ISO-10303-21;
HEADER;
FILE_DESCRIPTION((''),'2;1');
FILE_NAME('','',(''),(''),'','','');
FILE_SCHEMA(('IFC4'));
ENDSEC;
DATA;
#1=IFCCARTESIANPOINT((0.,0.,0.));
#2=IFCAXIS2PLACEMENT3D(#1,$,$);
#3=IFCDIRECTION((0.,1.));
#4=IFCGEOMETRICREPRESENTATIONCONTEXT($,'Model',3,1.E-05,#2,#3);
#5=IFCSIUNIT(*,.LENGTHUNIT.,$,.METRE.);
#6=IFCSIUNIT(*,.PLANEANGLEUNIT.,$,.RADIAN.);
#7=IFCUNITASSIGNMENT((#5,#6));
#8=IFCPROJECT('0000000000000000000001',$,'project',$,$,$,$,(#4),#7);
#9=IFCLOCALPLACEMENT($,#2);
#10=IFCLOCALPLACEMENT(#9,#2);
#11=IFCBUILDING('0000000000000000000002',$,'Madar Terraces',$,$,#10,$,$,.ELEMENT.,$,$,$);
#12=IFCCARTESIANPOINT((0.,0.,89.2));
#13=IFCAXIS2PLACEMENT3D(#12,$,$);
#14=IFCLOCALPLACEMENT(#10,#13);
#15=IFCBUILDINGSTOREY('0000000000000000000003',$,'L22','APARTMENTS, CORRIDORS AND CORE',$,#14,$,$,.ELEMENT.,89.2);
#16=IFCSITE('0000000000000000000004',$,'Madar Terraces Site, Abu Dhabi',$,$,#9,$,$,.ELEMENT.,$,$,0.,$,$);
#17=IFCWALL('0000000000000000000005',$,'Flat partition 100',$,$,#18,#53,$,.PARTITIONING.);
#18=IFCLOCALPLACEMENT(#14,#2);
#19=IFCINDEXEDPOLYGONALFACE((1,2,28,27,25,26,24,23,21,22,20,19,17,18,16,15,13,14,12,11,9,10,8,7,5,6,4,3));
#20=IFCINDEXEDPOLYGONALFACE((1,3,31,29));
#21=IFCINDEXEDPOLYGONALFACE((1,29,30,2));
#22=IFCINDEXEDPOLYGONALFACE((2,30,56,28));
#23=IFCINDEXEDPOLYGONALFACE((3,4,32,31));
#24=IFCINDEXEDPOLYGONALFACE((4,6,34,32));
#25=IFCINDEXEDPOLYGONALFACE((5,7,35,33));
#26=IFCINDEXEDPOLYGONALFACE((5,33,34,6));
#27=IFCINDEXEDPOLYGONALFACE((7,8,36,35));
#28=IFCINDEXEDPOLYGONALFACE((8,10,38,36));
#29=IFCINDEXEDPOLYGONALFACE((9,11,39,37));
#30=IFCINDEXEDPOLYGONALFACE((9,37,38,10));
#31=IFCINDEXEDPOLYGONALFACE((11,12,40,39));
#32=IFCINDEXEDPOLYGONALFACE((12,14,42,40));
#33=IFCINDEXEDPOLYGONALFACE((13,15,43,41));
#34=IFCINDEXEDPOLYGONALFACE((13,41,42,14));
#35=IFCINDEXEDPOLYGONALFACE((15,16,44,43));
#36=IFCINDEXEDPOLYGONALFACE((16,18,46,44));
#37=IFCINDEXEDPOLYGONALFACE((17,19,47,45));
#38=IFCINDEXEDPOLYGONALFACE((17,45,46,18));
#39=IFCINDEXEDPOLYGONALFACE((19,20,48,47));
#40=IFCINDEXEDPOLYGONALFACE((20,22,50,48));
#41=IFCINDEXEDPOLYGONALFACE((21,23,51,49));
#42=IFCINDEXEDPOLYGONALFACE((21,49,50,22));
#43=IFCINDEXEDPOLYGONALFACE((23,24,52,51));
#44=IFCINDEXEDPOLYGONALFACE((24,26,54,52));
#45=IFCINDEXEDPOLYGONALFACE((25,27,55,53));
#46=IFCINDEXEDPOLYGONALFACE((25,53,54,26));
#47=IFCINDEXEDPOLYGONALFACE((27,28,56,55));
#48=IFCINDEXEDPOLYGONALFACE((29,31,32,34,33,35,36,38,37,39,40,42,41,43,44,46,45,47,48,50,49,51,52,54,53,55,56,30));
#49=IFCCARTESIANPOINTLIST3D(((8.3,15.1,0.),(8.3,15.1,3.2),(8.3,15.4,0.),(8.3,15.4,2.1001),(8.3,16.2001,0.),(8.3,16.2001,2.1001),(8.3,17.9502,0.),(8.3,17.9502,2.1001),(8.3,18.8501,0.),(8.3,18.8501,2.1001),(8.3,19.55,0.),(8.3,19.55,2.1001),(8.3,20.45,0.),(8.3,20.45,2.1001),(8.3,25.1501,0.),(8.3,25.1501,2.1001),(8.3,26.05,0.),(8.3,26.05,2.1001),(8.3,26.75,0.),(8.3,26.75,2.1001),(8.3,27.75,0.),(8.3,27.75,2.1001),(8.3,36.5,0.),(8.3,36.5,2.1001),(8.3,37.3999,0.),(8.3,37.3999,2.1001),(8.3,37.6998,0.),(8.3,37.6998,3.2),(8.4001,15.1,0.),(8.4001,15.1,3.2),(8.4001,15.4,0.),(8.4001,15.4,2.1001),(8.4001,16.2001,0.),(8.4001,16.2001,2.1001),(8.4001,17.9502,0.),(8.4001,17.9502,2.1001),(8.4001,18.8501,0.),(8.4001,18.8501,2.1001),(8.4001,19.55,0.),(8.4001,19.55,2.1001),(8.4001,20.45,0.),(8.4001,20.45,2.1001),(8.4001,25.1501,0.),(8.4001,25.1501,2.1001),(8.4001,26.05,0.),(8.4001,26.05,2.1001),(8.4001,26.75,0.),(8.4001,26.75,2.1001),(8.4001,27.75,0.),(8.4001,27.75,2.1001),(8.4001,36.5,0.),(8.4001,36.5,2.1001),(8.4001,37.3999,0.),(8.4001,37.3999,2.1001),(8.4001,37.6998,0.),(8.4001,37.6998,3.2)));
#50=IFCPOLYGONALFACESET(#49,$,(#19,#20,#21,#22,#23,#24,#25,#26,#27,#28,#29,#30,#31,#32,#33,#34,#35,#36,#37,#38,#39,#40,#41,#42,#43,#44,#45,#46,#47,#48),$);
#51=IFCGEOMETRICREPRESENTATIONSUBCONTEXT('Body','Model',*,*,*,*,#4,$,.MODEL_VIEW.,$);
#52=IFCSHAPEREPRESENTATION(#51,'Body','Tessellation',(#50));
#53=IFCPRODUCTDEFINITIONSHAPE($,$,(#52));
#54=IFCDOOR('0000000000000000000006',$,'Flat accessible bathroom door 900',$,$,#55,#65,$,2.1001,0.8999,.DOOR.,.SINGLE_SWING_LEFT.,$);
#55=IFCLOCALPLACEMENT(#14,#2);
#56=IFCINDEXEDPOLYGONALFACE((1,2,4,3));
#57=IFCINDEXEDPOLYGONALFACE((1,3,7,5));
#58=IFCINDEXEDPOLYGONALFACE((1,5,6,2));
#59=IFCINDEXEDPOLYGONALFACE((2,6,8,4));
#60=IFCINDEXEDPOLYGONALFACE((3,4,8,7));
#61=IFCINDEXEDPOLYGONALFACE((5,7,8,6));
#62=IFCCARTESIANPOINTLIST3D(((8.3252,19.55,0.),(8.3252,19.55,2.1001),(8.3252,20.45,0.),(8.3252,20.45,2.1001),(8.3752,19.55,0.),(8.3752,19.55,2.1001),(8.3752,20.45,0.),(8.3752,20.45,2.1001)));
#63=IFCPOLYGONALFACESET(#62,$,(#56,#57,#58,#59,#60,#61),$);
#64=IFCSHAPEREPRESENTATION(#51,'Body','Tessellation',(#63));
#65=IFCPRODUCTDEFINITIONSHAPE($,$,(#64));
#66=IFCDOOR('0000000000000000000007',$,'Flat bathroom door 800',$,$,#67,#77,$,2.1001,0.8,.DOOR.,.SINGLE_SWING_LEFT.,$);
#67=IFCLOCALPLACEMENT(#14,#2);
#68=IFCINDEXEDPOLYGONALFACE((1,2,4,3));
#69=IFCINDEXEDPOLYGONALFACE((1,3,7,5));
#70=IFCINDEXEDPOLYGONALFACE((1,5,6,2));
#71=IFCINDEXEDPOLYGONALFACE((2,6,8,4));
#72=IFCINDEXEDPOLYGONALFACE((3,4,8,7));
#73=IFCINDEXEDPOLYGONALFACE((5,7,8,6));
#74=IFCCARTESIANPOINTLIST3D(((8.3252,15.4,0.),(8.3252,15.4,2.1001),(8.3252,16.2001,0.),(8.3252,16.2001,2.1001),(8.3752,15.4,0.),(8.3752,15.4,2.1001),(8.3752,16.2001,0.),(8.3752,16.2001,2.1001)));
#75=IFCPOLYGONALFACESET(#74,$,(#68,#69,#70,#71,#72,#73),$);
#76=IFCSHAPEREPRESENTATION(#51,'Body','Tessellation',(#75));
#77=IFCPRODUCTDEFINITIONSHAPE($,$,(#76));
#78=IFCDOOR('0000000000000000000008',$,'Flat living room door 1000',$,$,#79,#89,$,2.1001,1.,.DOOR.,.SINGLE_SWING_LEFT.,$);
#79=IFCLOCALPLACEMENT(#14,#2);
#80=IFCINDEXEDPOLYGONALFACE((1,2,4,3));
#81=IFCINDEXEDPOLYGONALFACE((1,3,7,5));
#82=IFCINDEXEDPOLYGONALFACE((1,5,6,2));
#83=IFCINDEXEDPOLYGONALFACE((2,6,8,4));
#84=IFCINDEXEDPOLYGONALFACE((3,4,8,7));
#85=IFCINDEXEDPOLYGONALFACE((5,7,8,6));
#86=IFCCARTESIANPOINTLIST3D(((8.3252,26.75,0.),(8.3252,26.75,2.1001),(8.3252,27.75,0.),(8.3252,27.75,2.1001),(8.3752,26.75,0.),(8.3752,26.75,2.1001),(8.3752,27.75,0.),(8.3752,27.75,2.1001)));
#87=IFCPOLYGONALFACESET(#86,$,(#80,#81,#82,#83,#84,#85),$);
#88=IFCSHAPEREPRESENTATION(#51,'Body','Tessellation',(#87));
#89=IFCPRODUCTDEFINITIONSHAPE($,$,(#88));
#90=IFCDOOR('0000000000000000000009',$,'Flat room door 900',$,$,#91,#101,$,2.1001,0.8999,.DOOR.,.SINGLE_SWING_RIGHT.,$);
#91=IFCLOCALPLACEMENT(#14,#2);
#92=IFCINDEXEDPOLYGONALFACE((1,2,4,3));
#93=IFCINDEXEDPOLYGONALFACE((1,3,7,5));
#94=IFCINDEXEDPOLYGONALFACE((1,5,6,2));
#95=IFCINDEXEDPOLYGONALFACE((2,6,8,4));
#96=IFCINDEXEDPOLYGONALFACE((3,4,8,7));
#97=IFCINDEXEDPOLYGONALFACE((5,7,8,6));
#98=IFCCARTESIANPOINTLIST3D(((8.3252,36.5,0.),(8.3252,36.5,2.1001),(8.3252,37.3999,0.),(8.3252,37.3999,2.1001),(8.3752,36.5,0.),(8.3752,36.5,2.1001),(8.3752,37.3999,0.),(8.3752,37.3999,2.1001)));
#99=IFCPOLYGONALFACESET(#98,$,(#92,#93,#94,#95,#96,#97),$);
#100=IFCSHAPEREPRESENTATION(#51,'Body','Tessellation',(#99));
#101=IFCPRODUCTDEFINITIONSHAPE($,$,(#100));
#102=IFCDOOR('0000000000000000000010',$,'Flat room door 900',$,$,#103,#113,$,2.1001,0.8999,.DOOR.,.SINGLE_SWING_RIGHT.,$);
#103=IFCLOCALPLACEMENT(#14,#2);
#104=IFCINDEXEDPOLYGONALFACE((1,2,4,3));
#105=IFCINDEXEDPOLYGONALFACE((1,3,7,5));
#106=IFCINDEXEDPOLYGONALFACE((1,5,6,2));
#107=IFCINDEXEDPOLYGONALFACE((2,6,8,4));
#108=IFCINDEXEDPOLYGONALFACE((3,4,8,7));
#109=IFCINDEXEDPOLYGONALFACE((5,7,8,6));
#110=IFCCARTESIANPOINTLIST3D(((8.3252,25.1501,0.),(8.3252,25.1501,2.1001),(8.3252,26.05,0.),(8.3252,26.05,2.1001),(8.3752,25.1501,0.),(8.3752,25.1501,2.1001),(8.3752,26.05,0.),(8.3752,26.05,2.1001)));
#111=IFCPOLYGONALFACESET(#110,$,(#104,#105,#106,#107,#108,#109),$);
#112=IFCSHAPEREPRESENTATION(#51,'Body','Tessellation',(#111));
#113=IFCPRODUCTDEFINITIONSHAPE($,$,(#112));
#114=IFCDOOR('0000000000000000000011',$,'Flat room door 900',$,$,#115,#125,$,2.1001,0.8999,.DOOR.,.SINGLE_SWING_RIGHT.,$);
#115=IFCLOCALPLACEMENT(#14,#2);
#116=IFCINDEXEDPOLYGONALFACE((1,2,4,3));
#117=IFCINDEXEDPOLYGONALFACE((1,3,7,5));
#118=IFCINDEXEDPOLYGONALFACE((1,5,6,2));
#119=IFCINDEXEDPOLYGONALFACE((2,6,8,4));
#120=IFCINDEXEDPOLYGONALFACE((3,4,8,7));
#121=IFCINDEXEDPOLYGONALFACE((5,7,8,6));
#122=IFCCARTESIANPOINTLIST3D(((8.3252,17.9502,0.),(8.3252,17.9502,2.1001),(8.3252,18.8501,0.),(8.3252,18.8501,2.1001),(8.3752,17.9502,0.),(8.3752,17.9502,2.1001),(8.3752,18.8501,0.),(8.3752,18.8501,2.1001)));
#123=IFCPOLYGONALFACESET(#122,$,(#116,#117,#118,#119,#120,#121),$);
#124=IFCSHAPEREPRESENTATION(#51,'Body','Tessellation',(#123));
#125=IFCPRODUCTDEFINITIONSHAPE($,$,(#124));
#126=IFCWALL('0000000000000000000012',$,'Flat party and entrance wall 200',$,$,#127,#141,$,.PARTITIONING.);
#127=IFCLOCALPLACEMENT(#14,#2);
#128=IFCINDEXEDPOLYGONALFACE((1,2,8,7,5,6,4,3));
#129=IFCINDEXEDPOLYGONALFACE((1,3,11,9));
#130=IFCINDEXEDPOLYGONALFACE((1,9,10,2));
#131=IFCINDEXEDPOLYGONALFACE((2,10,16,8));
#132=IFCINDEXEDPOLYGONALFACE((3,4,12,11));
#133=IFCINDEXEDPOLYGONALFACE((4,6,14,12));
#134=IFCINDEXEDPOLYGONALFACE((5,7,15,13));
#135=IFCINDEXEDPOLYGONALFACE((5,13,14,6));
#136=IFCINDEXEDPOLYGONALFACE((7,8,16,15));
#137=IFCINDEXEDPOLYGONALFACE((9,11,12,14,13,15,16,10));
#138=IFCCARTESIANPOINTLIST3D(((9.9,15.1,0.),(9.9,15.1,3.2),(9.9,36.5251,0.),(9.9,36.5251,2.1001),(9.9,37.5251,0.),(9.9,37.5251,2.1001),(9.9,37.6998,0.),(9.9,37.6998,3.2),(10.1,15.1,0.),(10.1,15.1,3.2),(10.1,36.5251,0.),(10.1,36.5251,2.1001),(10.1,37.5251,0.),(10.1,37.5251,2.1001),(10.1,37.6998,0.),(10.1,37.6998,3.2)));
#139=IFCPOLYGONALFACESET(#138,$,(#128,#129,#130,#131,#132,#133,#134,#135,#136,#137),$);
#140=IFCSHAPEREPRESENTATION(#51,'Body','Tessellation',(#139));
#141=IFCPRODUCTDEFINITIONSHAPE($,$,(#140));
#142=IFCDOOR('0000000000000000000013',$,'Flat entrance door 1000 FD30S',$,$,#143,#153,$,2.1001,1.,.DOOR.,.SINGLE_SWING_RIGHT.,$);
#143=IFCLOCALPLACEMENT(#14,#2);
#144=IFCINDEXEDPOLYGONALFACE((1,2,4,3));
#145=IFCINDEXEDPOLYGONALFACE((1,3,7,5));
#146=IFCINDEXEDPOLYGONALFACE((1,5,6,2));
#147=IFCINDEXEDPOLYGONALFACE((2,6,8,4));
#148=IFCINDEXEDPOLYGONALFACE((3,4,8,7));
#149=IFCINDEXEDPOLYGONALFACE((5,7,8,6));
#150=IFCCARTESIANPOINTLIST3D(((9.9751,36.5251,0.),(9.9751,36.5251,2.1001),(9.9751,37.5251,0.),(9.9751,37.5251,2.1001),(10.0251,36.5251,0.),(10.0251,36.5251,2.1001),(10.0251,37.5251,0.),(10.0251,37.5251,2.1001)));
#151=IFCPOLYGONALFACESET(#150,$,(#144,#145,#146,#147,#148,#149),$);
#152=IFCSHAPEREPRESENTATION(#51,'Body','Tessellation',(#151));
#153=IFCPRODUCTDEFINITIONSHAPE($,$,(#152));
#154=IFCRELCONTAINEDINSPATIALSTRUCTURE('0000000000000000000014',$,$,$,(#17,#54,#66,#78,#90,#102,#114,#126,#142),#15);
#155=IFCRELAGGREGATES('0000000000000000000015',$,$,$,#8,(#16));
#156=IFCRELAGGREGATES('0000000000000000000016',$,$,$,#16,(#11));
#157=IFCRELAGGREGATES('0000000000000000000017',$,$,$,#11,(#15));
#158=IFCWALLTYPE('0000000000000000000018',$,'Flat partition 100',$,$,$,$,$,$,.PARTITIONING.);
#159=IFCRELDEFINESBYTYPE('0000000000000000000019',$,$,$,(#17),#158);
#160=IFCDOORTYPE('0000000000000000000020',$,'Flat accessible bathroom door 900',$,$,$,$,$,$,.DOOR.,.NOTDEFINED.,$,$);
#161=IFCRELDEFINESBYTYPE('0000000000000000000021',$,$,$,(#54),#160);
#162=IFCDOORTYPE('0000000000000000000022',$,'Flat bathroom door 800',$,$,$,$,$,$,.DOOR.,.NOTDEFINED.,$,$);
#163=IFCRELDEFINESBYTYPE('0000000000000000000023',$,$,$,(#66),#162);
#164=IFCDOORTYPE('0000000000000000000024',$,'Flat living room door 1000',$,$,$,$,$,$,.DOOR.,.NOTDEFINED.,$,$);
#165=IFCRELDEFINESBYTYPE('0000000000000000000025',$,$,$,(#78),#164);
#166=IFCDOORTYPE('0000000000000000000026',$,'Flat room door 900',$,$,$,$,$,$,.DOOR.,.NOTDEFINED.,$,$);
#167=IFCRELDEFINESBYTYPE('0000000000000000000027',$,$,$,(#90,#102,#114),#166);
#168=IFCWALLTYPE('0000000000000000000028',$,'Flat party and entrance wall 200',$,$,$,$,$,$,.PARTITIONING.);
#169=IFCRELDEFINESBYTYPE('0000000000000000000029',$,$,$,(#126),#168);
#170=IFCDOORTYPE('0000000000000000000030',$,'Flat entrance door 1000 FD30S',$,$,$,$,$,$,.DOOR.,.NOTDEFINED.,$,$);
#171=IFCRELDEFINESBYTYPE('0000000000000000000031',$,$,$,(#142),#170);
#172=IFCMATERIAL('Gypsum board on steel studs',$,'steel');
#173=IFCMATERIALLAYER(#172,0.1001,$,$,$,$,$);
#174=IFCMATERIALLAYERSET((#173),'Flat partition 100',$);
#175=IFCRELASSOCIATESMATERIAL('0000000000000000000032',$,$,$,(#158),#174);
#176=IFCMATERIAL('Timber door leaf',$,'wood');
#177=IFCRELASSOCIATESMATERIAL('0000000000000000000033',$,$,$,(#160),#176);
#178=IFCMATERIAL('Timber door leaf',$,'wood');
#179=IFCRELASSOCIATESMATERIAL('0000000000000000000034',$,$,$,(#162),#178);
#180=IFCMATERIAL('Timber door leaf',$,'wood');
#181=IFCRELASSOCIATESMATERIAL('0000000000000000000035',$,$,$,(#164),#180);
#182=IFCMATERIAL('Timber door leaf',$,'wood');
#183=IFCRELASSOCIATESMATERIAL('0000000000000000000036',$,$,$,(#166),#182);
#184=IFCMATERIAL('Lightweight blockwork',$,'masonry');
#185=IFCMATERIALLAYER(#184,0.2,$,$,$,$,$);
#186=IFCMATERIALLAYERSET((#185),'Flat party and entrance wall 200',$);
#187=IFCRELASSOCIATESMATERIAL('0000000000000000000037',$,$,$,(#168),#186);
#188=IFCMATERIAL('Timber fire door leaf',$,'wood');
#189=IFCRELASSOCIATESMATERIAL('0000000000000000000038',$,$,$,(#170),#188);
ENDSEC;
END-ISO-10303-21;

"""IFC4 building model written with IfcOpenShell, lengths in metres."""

from ifc_helpers import new_model, si_unit, direction, frame, frame_2d, origin, place, context, subcontext, project, spatial, rectangle, extrude, material, layer, layer_set, type_object, element, fill, save


model = new_model("IFC4")

# Units and contexts
model_context = context("Model", 3, precision=1e-05, world=origin(), true_north=direction((0.0, 1.0)))
body_context = subcontext(model_context, "Body", "Model", "MODEL_VIEW")
ifc_project = project(units=[si_unit("LENGTHUNIT", "METRE"), si_unit("PLANEANGLEUNIT", "RADIAN")], contexts=[model_context])

# Site, building, storey
site_placement = place(None, origin())
site = spatial("IfcSite", under=ifc_project, at=site_placement, Name="Madar Terraces Site, Abu Dhabi", CompositionType="ELEMENT", RefElevation=0.0)
building_placement = place(site_placement, origin())
building = spatial("IfcBuilding", under=site, at=building_placement, Name="Madar Terraces", CompositionType="ELEMENT")
storey_placement = place(building_placement, frame((0.0, 0.0, 89.2)))
storey = spatial("IfcBuildingStorey", under=building, at=storey_placement, Name="L22", Description="APARTMENTS, CORRIDORS AND CORE", CompositionType="ELEMENT", Elevation=89.2)

# Wall, openings, doors
ifc_material_1 = material(Name="Gypsum board on steel studs", Category="steel")
ifc_layer_1 = layer(ifc_material_1, 0.1001)
ifc_layer_set_1 = layer_set([ifc_layer_1], Name="Flat partition 100")
wall_type_1 = type_object("IfcWallType", Name="Flat partition 100", PredefinedType="PARTITIONING", material=ifc_layer_set_1)
wall_1_placement = place(storey_placement, frame((8.3501, 15.1001, 0.0), z_axis=(0.0, 0.0, 1.0), x_axis=(0.0, 1.0, 0.0)))
wall_1 = element("IfcWall", 1, at=wall_1_placement, inside=storey, type_object=wall_type_1, Name="Flat partition 100", PredefinedType="PARTITIONING", context=body_context, shape_type="SweptSolid", body=[
    extrude(rectangle(XDim=22.5999, YDim=0.1001, at=frame_2d((11.2998, 0.0))), origin(), (0.0, 0.0, 1.0), 3.2),
])
opening_1_placement = place(wall_1_placement, frame((21.3999, 0.0, 0.0)))
opening_1 = element("IfcOpeningElement", 2, at=opening_1_placement, cuts=wall_1, PredefinedType="OPENING", context=body_context, shape_type="SweptSolid", body=[
    extrude(rectangle(XDim=0.8999, YDim=2.1001, at=frame_2d((0.45, 1.05))), frame((0.0, 0.0601, 0.0), z_axis=(0.0, -1.0, 0.0), x_axis=(1.0, 0.0, 0.0)), (0.0, 0.0, 1.0), 0.1201),
])
opening_2_placement = place(wall_1_placement, frame((11.6499, 0.0, 0.0)))
opening_2 = element("IfcOpeningElement", 3, at=opening_2_placement, cuts=wall_1, PredefinedType="OPENING", context=body_context, shape_type="SweptSolid", body=[
    extrude(rectangle(XDim=1.0, YDim=2.1001, at=frame_2d((0.5, 1.05))), frame((0.0, 0.0601, 0.0), z_axis=(0.0, -1.0, 0.0), x_axis=(1.0, 0.0, 0.0)), (0.0, 0.0, 1.0), 0.1201),
])
opening_3_placement = place(wall_1_placement, frame((10.05, 0.0, 0.0)))
opening_3 = element("IfcOpeningElement", 4, at=opening_3_placement, cuts=wall_1, PredefinedType="OPENING", context=body_context, shape_type="SweptSolid", body=[
    extrude(rectangle(XDim=0.8999, YDim=2.1001, at=frame_2d((0.45, 1.05))), frame((0.0, 0.0601, 0.0), z_axis=(0.0, -1.0, 0.0), x_axis=(1.0, 0.0, 0.0)), (0.0, 0.0, 1.0), 0.1201),
])
opening_4_placement = place(wall_1_placement, frame((4.45, 0.0, 0.0)))
opening_4 = element("IfcOpeningElement", 5, at=opening_4_placement, cuts=wall_1, PredefinedType="OPENING", context=body_context, shape_type="SweptSolid", body=[
    extrude(rectangle(XDim=0.8999, YDim=2.1001, at=frame_2d((0.45, 1.05))), frame((0.0, 0.0601, 0.0), z_axis=(0.0, -1.0, 0.0), x_axis=(1.0, 0.0, 0.0)), (0.0, 0.0, 1.0), 0.1201),
])
opening_5_placement = place(wall_1_placement, frame((2.8501, 0.0, 0.0)))
opening_5 = element("IfcOpeningElement", 6, at=opening_5_placement, cuts=wall_1, PredefinedType="OPENING", context=body_context, shape_type="SweptSolid", body=[
    extrude(rectangle(XDim=0.8999, YDim=2.1001, at=frame_2d((0.45, 1.05))), frame((0.0, 0.0601, 0.0), z_axis=(0.0, -1.0, 0.0), x_axis=(1.0, 0.0, 0.0)), (0.0, 0.0, 1.0), 0.1201),
])
opening_6_placement = place(wall_1_placement, frame((0.3, 0.0, 0.0)))
opening_6 = element("IfcOpeningElement", 7, at=opening_6_placement, cuts=wall_1, PredefinedType="OPENING", context=body_context, shape_type="SweptSolid", body=[
    extrude(rectangle(XDim=0.8, YDim=2.1001, at=frame_2d((0.3999, 1.05))), frame((0.0, 0.0601, 0.0), z_axis=(0.0, -1.0, 0.0), x_axis=(1.0, 0.0, 0.0)), (0.0, 0.0, 1.0), 0.1201),
])
ifc_material_2 = material(Name="Timber door leaf", Category="wood")
door_type_1 = type_object("IfcDoorType", Name="Flat accessible bathroom door 900", OperationType="NOTDEFINED", PredefinedType="DOOR", material=ifc_material_2)
door_1_placement = place(opening_4_placement, origin())
door_1 = element("IfcDoor", 8, at=door_1_placement, inside=storey, type_object=door_type_1, Name="Flat accessible bathroom door 900", OperationType="SINGLE_SWING_LEFT", OverallHeight=2.1001, OverallWidth=0.8999, PredefinedType="DOOR", context=body_context, shape_type="SweptSolid", body=[
    extrude(rectangle(XDim=0.8999, YDim=2.1001, at=frame_2d((0.45, 1.05))), frame((0.0, 0.0249, 0.0), z_axis=(0.0, -1.0, 0.0), x_axis=(1.0, 0.0, 0.0)), (0.0, 0.0, 1.0), 0.05),
])
fill(opening_4, door_1)
ifc_material_3 = material(Name="Timber door leaf", Category="wood")
door_type_2 = type_object("IfcDoorType", Name="Flat bathroom door 800", OperationType="NOTDEFINED", PredefinedType="DOOR", material=ifc_material_3)
door_2_placement = place(opening_6_placement, origin())
door_2 = element("IfcDoor", 9, at=door_2_placement, inside=storey, type_object=door_type_2, Name="Flat bathroom door 800", OperationType="SINGLE_SWING_LEFT", OverallHeight=2.1001, OverallWidth=0.8, PredefinedType="DOOR", context=body_context, shape_type="SweptSolid", body=[
    extrude(rectangle(XDim=0.8, YDim=2.1001, at=frame_2d((0.3999, 1.05))), frame((0.0, 0.0249, 0.0), z_axis=(0.0, -1.0, 0.0), x_axis=(1.0, 0.0, 0.0)), (0.0, 0.0, 1.0), 0.05),
])
fill(opening_6, door_2)
ifc_material_4 = material(Name="Timber door leaf", Category="wood")
door_type_3 = type_object("IfcDoorType", Name="Flat living room door 1000", OperationType="NOTDEFINED", PredefinedType="DOOR", material=ifc_material_4)
door_3_placement = place(opening_2_placement, origin())
door_3 = element("IfcDoor", 10, at=door_3_placement, inside=storey, type_object=door_type_3, Name="Flat living room door 1000", OperationType="SINGLE_SWING_LEFT", OverallHeight=2.1001, OverallWidth=1.0, PredefinedType="DOOR", context=body_context, shape_type="SweptSolid", body=[
    extrude(rectangle(XDim=1.0, YDim=2.1001, at=frame_2d((0.5, 1.05))), frame((0.0, 0.0249, 0.0), z_axis=(0.0, -1.0, 0.0), x_axis=(1.0, 0.0, 0.0)), (0.0, 0.0, 1.0), 0.05),
])
fill(opening_2, door_3)
ifc_material_5 = material(Name="Timber door leaf", Category="wood")
door_type_4 = type_object("IfcDoorType", Name="Flat room door 900", OperationType="NOTDEFINED", PredefinedType="DOOR", material=ifc_material_5)
door_4_placement = place(opening_1_placement, origin())
door_4 = element("IfcDoor", 11, at=door_4_placement, inside=storey, type_object=door_type_4, Name="Flat room door 900", OperationType="SINGLE_SWING_RIGHT", OverallHeight=2.1001, OverallWidth=0.8999, PredefinedType="DOOR", context=body_context, shape_type="SweptSolid", body=[
    extrude(rectangle(XDim=0.8999, YDim=2.1001, at=frame_2d((0.45, 1.05))), frame((0.0, 0.0249, 0.0), z_axis=(0.0, -1.0, 0.0), x_axis=(1.0, 0.0, 0.0)), (0.0, 0.0, 1.0), 0.05),
])
fill(opening_1, door_4)
door_5_placement = place(opening_3_placement, origin())
door_5 = element("IfcDoor", 12, at=door_5_placement, inside=storey, type_object=door_type_4, Name="Flat room door 900", OperationType="SINGLE_SWING_RIGHT", OverallHeight=2.1001, OverallWidth=0.8999, PredefinedType="DOOR", context=body_context, shape_type="SweptSolid", body=[
    extrude(rectangle(XDim=0.8999, YDim=2.1001, at=frame_2d((0.45, 1.05))), frame((0.0, 0.0249, 0.0), z_axis=(0.0, -1.0, 0.0), x_axis=(1.0, 0.0, 0.0)), (0.0, 0.0, 1.0), 0.05),
])
fill(opening_3, door_5)
door_6_placement = place(opening_5_placement, origin())
door_6 = element("IfcDoor", 13, at=door_6_placement, inside=storey, type_object=door_type_4, Name="Flat room door 900", OperationType="SINGLE_SWING_RIGHT", OverallHeight=2.1001, OverallWidth=0.8999, PredefinedType="DOOR", context=body_context, shape_type="SweptSolid", body=[
    extrude(rectangle(XDim=0.8999, YDim=2.1001, at=frame_2d((0.45, 1.05))), frame((0.0, 0.0249, 0.0), z_axis=(0.0, -1.0, 0.0), x_axis=(1.0, 0.0, 0.0)), (0.0, 0.0, 1.0), 0.05),
])
fill(opening_5, door_6)

# Wall, opening, door
ifc_material_6 = material(Name="Lightweight blockwork", Category="masonry")
ifc_layer_2 = layer(ifc_material_6, 0.2)
ifc_layer_set_2 = layer_set([ifc_layer_2], Name="Flat party and entrance wall 200")
wall_type_2 = type_object("IfcWallType", Name="Flat party and entrance wall 200", PredefinedType="PARTITIONING", material=ifc_layer_set_2)
wall_2_placement = place(storey_placement, frame((10.0, 15.1001, 0.0), z_axis=(0.0, 0.0, 1.0), x_axis=(0.0, 1.0, 0.0)))
wall_2 = element("IfcWall", 14, at=wall_2_placement, inside=storey, type_object=wall_type_2, Name="Flat party and entrance wall 200", PredefinedType="PARTITIONING", context=body_context, shape_type="SweptSolid", body=[
    extrude(rectangle(XDim=22.5999, YDim=0.2, at=frame_2d((11.2998, 0.0))), origin(), (0.0, 0.0, 1.0), 3.2),
])
opening_7_placement = place(wall_2_placement, frame((21.425, 0.0, 0.0)))
opening_7 = element("IfcOpeningElement", 15, at=opening_7_placement, cuts=wall_2, PredefinedType="OPENING", context=body_context, shape_type="SweptSolid", body=[
    extrude(rectangle(XDim=1.0, YDim=2.1001, at=frame_2d((0.5, 1.05))), frame((0.0, 0.1099, 0.0), z_axis=(0.0, -1.0, 0.0), x_axis=(1.0, 0.0, 0.0)), (0.0, 0.0, 1.0), 0.22),
])
ifc_material_7 = material(Name="Timber fire door leaf", Category="wood")
door_type_5 = type_object("IfcDoorType", Name="Flat entrance door 1000 FD30S", OperationType="NOTDEFINED", PredefinedType="DOOR", material=ifc_material_7)
door_7_placement = place(opening_7_placement, origin())
door_7 = element("IfcDoor", 16, at=door_7_placement, inside=storey, type_object=door_type_5, Name="Flat entrance door 1000 FD30S", OperationType="SINGLE_SWING_RIGHT", OverallHeight=2.1001, OverallWidth=1.0, PredefinedType="DOOR", context=body_context, shape_type="SweptSolid", body=[
    extrude(rectangle(XDim=1.0, YDim=2.1001, at=frame_2d((0.5, 1.05))), frame((0.0, 0.0249, 0.0), z_axis=(0.0, -1.0, 0.0), x_axis=(1.0, 0.0, 0.0)), (0.0, 0.0, 1.0), 0.05),
])
fill(opening_7, door_7)

save(model, "model.ifc")
